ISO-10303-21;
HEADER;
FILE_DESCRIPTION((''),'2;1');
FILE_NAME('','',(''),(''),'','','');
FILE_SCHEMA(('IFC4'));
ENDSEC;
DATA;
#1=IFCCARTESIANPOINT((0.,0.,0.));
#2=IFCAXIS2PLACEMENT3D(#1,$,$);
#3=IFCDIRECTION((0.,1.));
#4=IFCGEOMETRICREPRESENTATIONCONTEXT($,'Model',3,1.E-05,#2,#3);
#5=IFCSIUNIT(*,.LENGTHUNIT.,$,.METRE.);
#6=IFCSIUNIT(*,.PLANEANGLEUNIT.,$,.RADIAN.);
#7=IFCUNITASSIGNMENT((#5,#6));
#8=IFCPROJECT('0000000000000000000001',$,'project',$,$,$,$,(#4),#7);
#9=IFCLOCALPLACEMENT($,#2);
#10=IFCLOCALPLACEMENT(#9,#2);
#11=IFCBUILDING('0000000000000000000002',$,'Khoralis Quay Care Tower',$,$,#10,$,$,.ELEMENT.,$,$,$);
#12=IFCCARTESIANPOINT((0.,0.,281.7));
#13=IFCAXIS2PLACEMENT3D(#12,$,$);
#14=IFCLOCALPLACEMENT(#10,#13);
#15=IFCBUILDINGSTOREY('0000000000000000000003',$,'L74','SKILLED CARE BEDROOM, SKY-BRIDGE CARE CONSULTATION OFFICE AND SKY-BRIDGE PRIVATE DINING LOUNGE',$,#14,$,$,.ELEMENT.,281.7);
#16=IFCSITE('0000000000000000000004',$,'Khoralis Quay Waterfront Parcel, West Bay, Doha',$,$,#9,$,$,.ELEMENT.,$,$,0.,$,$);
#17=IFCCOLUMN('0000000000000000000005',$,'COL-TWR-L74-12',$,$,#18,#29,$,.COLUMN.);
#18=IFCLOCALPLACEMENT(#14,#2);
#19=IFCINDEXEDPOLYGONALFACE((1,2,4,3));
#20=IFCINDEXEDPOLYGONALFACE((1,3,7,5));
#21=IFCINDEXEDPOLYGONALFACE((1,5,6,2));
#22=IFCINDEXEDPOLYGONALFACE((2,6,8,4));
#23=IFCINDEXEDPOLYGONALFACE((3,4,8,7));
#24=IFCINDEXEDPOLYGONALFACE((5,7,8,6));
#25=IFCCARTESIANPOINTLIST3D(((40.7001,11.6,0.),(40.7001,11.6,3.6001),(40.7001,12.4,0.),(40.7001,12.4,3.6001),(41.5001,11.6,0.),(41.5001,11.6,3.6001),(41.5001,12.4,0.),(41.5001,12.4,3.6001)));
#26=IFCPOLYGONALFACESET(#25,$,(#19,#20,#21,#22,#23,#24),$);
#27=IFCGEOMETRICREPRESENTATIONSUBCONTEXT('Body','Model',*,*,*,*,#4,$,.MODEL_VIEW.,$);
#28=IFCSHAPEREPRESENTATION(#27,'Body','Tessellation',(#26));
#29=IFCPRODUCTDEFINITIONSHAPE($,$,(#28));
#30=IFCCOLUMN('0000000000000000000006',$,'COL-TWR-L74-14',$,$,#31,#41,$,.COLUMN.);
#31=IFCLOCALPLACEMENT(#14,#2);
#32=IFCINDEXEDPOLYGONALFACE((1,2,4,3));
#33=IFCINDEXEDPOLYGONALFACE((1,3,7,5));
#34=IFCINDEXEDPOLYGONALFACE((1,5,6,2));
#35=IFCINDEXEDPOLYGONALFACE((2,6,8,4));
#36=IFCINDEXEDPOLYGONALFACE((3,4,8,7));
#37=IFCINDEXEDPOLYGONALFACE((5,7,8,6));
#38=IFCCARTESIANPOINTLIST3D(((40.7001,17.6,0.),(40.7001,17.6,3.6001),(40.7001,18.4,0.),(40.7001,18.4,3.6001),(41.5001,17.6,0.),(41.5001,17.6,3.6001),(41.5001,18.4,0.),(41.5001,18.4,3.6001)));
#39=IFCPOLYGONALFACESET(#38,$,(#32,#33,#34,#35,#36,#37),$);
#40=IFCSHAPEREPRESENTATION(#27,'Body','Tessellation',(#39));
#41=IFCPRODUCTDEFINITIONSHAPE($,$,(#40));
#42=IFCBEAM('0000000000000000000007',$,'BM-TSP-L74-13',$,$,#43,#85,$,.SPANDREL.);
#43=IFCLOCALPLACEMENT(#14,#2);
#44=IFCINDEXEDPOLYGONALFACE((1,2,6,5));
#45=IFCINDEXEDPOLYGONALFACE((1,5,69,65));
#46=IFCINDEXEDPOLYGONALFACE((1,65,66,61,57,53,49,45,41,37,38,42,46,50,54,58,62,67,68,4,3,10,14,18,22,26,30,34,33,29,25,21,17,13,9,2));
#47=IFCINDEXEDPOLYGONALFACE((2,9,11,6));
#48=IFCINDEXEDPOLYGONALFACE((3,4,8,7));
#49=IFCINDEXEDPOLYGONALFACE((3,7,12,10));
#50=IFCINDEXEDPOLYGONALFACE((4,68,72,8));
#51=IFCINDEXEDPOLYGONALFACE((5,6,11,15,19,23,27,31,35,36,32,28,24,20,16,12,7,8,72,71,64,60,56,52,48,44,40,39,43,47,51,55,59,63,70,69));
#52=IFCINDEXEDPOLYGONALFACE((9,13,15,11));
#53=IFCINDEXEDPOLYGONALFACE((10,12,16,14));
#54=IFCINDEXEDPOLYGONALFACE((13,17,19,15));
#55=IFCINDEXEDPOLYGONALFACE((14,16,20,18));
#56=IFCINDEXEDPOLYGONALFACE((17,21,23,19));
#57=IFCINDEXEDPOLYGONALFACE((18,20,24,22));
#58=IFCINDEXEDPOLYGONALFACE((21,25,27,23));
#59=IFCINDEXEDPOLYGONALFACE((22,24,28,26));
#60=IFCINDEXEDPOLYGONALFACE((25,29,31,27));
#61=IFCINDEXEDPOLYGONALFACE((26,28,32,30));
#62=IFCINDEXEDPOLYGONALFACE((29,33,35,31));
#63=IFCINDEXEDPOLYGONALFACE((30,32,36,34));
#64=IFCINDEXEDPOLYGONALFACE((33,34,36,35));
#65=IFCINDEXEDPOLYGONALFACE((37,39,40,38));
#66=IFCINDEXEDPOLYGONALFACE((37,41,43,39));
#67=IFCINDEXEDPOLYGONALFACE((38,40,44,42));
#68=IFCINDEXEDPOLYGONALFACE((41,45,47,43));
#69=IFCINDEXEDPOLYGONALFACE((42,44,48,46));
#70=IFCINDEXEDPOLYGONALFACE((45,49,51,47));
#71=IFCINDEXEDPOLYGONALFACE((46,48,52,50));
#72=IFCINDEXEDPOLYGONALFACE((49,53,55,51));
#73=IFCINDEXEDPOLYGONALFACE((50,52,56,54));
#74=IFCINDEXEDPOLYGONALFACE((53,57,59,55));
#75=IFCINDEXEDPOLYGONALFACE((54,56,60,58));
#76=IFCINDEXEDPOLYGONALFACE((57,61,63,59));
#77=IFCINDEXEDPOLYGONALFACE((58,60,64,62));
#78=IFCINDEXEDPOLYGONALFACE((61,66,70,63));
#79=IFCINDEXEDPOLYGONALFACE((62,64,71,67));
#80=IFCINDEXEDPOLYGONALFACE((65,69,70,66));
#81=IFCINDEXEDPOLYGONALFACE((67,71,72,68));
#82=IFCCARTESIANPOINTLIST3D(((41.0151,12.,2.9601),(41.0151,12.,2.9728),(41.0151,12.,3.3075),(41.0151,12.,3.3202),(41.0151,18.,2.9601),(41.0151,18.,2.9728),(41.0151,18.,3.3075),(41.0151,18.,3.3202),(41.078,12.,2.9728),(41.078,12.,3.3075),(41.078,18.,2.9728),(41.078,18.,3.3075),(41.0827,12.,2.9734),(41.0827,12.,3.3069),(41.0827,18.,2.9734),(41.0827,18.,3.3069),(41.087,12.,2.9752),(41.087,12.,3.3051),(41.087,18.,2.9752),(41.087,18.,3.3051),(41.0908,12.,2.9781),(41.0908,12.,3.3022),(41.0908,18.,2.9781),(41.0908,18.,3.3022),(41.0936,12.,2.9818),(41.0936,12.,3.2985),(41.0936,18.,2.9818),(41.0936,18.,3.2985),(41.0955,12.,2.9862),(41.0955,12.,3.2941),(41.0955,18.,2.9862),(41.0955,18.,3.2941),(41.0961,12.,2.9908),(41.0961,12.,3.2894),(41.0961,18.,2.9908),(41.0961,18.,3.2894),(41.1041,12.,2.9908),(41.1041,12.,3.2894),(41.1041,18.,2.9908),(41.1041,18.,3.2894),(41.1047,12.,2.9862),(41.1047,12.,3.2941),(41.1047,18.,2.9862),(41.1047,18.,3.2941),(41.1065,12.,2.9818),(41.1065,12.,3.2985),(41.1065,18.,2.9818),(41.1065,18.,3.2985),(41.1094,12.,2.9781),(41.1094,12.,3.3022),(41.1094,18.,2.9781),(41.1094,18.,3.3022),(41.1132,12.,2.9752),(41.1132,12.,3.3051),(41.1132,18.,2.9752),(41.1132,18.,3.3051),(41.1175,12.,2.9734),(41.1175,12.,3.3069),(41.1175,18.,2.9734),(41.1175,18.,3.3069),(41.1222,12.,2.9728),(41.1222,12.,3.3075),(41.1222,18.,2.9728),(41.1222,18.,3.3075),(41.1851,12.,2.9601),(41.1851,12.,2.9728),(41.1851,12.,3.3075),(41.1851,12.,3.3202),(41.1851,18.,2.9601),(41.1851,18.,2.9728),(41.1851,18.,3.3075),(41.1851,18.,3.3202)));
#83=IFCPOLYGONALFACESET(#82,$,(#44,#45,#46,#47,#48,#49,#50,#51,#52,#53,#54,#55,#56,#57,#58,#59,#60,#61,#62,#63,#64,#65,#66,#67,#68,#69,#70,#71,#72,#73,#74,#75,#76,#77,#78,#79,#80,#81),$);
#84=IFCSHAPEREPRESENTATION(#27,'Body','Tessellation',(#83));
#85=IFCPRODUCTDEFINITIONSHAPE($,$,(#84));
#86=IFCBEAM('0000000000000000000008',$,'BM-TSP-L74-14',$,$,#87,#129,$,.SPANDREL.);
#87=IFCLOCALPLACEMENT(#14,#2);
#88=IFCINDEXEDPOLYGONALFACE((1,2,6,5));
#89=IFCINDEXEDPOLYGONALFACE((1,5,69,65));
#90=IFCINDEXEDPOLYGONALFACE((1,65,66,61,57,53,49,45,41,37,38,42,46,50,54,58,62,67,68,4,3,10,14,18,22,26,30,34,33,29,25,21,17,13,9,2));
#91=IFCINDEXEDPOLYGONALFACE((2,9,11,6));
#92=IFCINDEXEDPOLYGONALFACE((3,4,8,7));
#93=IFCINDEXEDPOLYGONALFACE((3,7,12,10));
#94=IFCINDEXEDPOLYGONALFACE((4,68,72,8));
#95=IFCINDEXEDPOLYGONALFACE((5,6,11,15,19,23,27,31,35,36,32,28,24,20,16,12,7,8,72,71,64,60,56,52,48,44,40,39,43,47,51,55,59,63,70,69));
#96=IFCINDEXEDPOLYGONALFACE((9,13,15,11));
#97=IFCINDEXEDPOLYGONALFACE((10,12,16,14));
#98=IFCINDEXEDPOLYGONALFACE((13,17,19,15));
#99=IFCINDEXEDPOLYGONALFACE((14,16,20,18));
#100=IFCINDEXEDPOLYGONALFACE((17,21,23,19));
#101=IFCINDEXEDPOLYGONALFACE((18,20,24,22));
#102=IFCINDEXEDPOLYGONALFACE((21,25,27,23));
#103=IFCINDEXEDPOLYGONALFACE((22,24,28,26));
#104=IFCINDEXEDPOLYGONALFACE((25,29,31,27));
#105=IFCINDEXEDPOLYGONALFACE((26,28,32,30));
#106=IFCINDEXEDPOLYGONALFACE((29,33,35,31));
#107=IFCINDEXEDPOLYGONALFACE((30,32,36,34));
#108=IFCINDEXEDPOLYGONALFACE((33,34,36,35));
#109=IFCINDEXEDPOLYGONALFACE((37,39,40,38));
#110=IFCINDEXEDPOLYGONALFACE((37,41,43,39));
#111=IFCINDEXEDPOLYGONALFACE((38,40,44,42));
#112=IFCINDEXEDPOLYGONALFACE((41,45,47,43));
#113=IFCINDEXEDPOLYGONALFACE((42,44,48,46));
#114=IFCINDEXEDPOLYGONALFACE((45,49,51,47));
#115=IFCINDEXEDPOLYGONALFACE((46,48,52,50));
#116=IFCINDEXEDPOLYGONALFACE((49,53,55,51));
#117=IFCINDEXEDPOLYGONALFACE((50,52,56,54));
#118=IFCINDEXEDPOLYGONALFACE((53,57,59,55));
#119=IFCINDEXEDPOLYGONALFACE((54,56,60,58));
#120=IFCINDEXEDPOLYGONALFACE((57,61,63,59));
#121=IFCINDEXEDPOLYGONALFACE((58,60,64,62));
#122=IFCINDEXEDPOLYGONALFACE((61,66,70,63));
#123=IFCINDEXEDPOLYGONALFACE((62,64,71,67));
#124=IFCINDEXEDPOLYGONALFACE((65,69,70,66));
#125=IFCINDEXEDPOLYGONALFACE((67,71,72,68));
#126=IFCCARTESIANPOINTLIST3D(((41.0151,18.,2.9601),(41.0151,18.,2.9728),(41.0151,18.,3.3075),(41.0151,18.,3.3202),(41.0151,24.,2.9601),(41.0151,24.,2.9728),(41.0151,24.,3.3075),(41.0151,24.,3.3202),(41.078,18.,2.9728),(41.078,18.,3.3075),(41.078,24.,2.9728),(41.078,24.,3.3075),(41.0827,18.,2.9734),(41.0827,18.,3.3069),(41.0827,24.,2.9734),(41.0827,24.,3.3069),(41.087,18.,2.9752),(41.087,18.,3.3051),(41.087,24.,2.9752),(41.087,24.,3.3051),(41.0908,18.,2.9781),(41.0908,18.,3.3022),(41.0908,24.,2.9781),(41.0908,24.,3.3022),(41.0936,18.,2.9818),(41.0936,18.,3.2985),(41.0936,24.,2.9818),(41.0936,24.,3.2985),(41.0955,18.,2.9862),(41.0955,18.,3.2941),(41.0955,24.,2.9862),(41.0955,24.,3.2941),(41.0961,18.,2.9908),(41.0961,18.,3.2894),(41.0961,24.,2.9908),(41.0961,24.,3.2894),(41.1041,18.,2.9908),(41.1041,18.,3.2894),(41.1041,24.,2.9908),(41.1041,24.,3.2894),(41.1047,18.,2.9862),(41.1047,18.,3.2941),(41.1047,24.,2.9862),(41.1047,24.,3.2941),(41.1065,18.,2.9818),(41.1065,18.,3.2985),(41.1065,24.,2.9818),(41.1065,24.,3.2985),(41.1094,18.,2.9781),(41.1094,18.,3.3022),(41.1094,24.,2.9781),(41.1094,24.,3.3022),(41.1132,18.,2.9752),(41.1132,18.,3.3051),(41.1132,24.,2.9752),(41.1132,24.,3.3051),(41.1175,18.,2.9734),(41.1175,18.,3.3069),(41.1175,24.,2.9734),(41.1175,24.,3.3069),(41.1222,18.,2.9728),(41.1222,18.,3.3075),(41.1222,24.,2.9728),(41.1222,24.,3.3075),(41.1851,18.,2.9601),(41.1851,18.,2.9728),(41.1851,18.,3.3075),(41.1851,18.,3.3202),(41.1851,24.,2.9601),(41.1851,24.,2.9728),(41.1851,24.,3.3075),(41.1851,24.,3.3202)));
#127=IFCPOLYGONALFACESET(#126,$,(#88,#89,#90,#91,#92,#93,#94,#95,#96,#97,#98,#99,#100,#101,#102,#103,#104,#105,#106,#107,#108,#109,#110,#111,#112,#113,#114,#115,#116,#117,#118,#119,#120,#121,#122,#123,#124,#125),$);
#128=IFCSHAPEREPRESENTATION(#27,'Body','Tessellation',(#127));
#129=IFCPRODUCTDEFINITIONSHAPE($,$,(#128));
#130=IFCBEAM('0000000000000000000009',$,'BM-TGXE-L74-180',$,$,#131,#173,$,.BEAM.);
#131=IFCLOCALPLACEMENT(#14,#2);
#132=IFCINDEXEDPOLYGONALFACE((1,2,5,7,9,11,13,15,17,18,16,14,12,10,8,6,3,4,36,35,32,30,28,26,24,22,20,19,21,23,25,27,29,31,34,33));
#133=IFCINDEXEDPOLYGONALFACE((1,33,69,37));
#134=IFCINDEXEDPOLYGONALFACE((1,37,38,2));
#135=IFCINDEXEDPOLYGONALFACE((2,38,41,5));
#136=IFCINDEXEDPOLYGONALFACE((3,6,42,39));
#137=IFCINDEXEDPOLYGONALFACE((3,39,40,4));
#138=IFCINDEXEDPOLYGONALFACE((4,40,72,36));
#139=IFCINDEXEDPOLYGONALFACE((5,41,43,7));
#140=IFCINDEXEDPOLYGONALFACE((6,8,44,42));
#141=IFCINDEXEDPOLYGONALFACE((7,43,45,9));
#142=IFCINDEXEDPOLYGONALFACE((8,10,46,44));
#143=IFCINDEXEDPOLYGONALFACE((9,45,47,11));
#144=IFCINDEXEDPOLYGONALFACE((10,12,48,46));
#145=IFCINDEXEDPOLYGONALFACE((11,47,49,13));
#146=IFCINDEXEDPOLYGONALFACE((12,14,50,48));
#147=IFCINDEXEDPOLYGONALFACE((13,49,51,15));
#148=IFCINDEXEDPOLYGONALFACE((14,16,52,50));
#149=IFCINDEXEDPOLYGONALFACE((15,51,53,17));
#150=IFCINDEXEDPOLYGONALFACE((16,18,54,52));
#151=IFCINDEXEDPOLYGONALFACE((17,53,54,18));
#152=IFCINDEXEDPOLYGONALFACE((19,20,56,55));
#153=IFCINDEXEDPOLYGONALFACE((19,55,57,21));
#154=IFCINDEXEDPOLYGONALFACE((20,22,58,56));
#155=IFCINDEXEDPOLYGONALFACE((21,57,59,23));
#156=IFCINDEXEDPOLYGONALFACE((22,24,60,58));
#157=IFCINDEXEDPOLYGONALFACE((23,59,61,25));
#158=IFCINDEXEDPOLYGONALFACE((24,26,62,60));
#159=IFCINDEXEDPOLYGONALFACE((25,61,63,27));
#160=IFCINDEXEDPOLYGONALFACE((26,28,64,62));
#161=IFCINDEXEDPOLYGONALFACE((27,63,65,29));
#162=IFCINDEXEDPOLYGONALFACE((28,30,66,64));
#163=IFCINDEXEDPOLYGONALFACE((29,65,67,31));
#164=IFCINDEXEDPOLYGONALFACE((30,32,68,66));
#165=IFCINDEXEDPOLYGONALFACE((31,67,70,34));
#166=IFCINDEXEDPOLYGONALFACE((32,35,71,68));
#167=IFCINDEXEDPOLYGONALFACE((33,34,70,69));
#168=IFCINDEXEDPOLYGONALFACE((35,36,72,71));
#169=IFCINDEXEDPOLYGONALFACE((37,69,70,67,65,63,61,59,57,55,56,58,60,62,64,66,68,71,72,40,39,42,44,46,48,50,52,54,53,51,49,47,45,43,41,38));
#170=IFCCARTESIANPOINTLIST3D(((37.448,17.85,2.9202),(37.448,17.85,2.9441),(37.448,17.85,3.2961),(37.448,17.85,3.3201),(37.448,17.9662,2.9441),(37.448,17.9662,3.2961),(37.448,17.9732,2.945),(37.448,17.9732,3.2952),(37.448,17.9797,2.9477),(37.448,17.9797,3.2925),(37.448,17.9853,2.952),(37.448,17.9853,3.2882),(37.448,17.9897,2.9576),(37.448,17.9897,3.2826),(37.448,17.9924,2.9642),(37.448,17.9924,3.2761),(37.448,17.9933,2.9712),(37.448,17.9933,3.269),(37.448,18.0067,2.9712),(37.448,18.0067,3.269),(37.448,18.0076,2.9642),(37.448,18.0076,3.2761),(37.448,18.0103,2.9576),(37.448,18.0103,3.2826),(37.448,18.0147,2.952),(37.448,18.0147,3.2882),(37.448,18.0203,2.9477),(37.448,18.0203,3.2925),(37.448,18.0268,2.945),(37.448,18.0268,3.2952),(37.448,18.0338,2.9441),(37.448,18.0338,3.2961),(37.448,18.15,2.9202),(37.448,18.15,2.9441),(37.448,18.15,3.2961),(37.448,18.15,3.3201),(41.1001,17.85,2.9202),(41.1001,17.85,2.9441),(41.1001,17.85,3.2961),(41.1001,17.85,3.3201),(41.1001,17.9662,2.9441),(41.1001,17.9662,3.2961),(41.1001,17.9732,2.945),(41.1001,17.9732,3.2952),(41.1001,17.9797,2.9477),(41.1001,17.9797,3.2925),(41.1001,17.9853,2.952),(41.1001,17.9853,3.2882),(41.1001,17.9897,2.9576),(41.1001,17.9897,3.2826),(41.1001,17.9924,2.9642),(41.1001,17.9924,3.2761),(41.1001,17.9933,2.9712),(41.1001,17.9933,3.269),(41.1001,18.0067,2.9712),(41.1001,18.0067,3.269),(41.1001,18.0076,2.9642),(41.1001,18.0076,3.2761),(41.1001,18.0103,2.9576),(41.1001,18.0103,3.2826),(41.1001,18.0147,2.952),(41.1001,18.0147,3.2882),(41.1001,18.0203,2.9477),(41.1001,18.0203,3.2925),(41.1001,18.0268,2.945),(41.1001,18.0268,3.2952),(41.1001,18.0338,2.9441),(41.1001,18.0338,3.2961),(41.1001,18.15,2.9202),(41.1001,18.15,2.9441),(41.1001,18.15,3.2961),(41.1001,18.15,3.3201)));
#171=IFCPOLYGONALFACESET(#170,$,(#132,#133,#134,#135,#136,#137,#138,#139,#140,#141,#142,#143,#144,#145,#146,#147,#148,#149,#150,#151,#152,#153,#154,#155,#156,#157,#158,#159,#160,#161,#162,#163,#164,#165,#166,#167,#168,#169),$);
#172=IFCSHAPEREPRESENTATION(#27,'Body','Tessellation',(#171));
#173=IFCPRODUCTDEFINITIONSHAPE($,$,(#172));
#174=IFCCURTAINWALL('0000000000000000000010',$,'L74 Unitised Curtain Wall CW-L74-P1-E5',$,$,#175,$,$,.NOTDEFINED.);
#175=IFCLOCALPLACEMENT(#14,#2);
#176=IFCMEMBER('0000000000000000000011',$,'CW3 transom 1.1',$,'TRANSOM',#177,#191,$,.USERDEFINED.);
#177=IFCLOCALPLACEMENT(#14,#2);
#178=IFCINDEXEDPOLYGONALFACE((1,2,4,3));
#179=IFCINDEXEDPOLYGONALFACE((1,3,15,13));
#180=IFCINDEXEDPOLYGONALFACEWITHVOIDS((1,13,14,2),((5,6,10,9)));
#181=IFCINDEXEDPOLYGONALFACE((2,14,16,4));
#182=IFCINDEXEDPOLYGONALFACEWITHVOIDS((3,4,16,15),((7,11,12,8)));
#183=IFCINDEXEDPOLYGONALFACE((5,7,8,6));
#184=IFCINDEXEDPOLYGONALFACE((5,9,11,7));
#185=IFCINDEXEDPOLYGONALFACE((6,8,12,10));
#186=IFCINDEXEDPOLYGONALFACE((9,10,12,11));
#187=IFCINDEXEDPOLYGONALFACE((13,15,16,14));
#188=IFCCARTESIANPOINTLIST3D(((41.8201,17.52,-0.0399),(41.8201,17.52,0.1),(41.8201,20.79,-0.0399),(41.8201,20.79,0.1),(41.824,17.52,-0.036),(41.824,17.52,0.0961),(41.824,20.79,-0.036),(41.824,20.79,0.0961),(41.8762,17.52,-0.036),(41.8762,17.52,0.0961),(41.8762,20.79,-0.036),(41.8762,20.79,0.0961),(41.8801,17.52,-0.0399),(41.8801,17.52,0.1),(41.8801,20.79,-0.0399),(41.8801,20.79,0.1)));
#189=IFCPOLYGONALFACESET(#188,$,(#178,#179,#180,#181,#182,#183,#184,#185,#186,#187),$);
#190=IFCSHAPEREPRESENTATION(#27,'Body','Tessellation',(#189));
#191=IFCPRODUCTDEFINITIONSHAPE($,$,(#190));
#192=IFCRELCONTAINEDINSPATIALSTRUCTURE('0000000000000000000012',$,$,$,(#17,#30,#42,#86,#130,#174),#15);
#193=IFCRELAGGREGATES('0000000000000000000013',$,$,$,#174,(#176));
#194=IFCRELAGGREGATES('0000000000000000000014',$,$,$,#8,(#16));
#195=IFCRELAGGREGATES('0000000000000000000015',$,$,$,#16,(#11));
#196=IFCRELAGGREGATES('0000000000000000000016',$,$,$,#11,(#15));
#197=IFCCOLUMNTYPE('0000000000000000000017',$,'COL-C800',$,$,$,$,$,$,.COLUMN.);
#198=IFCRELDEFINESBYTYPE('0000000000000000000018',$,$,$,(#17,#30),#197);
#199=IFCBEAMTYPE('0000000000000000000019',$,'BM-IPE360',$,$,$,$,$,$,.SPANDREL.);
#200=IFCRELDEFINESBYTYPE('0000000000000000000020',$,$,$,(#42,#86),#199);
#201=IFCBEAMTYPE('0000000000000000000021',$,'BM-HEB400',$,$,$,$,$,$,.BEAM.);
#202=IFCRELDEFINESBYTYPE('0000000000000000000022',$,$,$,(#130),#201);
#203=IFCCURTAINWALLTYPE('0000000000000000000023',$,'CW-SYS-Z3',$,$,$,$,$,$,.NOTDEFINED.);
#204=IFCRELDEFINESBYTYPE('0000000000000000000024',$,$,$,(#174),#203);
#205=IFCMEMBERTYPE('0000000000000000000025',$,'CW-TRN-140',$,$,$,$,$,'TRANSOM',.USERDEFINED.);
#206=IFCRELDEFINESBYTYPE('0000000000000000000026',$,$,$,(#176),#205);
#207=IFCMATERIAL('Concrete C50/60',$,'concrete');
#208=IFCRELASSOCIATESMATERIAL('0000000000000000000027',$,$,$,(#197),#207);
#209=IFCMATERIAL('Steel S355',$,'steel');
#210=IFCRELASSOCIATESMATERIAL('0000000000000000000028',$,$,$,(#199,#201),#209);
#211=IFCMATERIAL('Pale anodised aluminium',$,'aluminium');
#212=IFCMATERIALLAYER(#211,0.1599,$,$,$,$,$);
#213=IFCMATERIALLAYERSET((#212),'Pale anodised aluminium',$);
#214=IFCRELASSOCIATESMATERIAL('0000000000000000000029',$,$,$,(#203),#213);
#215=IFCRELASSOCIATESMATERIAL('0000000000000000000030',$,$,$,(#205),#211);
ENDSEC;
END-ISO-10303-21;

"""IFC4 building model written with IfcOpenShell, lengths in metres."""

from ifc_helpers import new_model, si_unit, direction, frame, origin, origin_2d, place, context, subcontext, project, spatial, rectangle, hollow_rectangle, i_section, extrude, source, transform, mapped, material, layer, layer_set, material_profile, profile_set, type_object, element, aggregate, save


model = new_model("IFC4")

# Units and contexts
model_context = context("Model", 3, precision=1e-05, world=origin(), true_north=direction((0.0, 1.0)))
body_context = subcontext(model_context, "Body", "Model", "MODEL_VIEW")
ifc_project = project(units=[si_unit("LENGTHUNIT", "METRE"), si_unit("PLANEANGLEUNIT", "RADIAN")], contexts=[model_context])

# Site, building, storey
site_placement = place(None, origin())
site = spatial("IfcSite", under=ifc_project, at=site_placement, Name="Khoralis Quay Waterfront Parcel, West Bay, Doha", CompositionType="ELEMENT", RefElevation=0.0)
building_placement = place(site_placement, origin())
building = spatial("IfcBuilding", under=site, at=building_placement, Name="Khoralis Quay Care Tower", CompositionType="ELEMENT")
storey_placement = place(building_placement, frame((0.0, 0.0, 281.7)))
storey = spatial("IfcBuildingStorey", under=building, at=storey_placement, Name="L74", Description="SKILLED CARE BEDROOM, SKY-BRIDGE CARE CONSULTATION OFFICE AND SKY-BRIDGE PRIVATE DINING LOUNGE", CompositionType="ELEMENT", Elevation=281.7)

# Columns
ifc_material_1 = material(Name="Concrete C50/60", Category="concrete")
ifc_material_profile_1 = material_profile(ifc_material_1, rectangle(XDim=0.8, YDim=0.8, at=origin_2d()), Name="Concrete C50/60")
ifc_profile_set_1 = profile_set([ifc_material_profile_1], Name="Concrete C50/60")
column_type = type_object("IfcColumnType", Name="COL-C800", PredefinedType="COLUMN", material=ifc_profile_set_1)
shared_shape_1 = source(origin(), body_context, "Body", "SweptSolid", [
    extrude(rectangle(XDim=0.8, YDim=0.8, at=origin_2d()), origin(), (0.0, 0.0, 1.0), 3.6001),
])
for number, where, z_axis, x_axis, name in (
    (1, (41.1001, 12.0, 0.0), (0.0, 0.0, 1.0), (1.0, 0.0, 0.0), "COL-TWR-L74-12"),
    (2, (41.1001, 18.0, 0.0), (0.0, 0.0, 1.0), (1.0, 0.0, 0.0), "COL-TWR-L74-14"),
):
    element("IfcColumn", number, at=place(storey_placement, frame(where, z_axis=z_axis, x_axis=x_axis)), inside=storey, type_object=column_type, Name=name, PredefinedType="COLUMN", context=body_context, shape_type="MappedRepresentation", body=[
        mapped(shared_shape_1, transform((0.0, 0.0, 0.0), scale=1.0)),
    ])

# Beams
ifc_material_2 = material(Name="Steel S355", Category="steel")
ifc_material_profile_2 = material_profile(ifc_material_2, i_section(OverallWidth=0.1699, OverallDepth=0.3601, WebThickness=0.0081, FlangeThickness=0.0127, FilletRadius=0.0181, at=origin_2d()), Name="Steel S355")
ifc_profile_set_2 = profile_set([ifc_material_profile_2], Name="Steel S355")
beam_type_1 = type_object("IfcBeamType", Name="BM-IPE360", PredefinedType="SPANDREL", material=ifc_profile_set_2)
shared_shape_2 = source(origin(), body_context, "Body", "SweptSolid", [
    extrude(i_section(OverallWidth=0.1699, OverallDepth=0.3601, WebThickness=0.0081, FlangeThickness=0.0127, FilletRadius=0.0181, at=origin_2d()), origin(), (0.0, 0.0, 1.0), 6.0),
])
for number, where, z_axis, x_axis, name in (
    (3, (41.1001, 12.0, 3.1401), (0.0, 1.0, 0.0), (-1.0, 0.0, 0.0), "BM-TSP-L74-13"),
    (4, (41.1001, 18.0, 3.1401), (0.0, 1.0, 0.0), (-1.0, 0.0, 0.0), "BM-TSP-L74-14"),
):
    element("IfcBeam", number, at=place(storey_placement, frame(where, z_axis=z_axis, x_axis=x_axis)), inside=storey, type_object=beam_type_1, Name=name, PredefinedType="SPANDREL", context=body_context, shape_type="MappedRepresentation", body=[
        mapped(shared_shape_2, transform((0.0, 0.0, 0.0), scale=1.0)),
    ])
ifc_material_profile_3 = material_profile(ifc_material_2, i_section(OverallWidth=0.3, OverallDepth=0.3999, WebThickness=0.0134, FlangeThickness=0.0239, FilletRadius=0.0271, at=origin_2d()), Name="Steel S355")
ifc_profile_set_3 = profile_set([ifc_material_profile_3], Name="Steel S355")
beam_type_2 = type_object("IfcBeamType", Name="BM-HEB400", PredefinedType="BEAM", material=ifc_profile_set_3)
shared_shape_3 = source(origin(), body_context, "Body", "SweptSolid", [
    extrude(i_section(OverallWidth=0.3, OverallDepth=0.3999, WebThickness=0.0134, FlangeThickness=0.0239, FilletRadius=0.0271, at=origin_2d()), origin(), (0.0, 0.0, 1.0), 3.6521),
])
beam_placement = place(storey_placement, frame((37.448, 18.0, 3.1201), z_axis=(1.0, 0.0, 0.0), x_axis=(0.0, 1.0, 0.0)))
element("IfcBeam", 5, at=beam_placement, inside=storey, type_object=beam_type_2, Name="BM-TGXE-L74-180", PredefinedType="BEAM", context=body_context, shape_type="MappedRepresentation", body=[
    mapped(shared_shape_3, transform((0.0, 0.0, 0.0), scale=1.0)),
])

# Curtain wall, member
ifc_material_3 = material(Name="Pale anodised aluminium", Category="aluminium")
ifc_layer_1 = layer(ifc_material_3, 0.1599)
ifc_layer_set_1 = layer_set([ifc_layer_1], Name="Pale anodised aluminium")
curtain_wall_type = type_object("IfcCurtainWallType", Name="CW-SYS-Z3", PredefinedType="NOTDEFINED", material=ifc_layer_set_1)
curtain_wall_placement = place(storey_placement, origin())
curtain_wall = element("IfcCurtainWall", 6, at=curtain_wall_placement, inside=storey, type_object=curtain_wall_type, Name="L74 Unitised Curtain Wall CW-L74-P1-E5", PredefinedType="NOTDEFINED")
ifc_material_profile_4 = material_profile(ifc_material_3, hollow_rectangle(XDim=0.0601, YDim=0.1399, WallThickness=0.0039, at=origin_2d()), Name="Pale anodised aluminium")
ifc_profile_set_4 = profile_set([ifc_material_profile_4], Name="Pale anodised aluminium")
member_type_1 = type_object("IfcMemberType", Name="CW-TRN-140", ElementType="TRANSOM", PredefinedType="USERDEFINED", material=ifc_profile_set_4)
shared_shape_4 = source(origin(), body_context, "Body", "SweptSolid", [
    extrude(hollow_rectangle(XDim=0.0601, YDim=0.1399, WallThickness=0.0039, at=origin_2d()), origin(), (0.0, 0.0, 1.0), 3.27),
])
member_1_placement = place(storey_placement, frame((41.8501, 17.52, 0.03), z_axis=(0.0, 1.0, 0.0), x_axis=(-1.0, 0.0, 0.0)))
member_1 = element("IfcMember", 7, at=member_1_placement, type_object=member_type_1, Name="CW3 transom 1.1", ObjectType="TRANSOM", PredefinedType="USERDEFINED", context=body_context, shape_type="MappedRepresentation", body=[
    mapped(shared_shape_4, transform((0.0, 0.0, 0.0), scale=1.0)),
])
aggregate(curtain_wall, [member_1])

save(model, "model.ifc")
